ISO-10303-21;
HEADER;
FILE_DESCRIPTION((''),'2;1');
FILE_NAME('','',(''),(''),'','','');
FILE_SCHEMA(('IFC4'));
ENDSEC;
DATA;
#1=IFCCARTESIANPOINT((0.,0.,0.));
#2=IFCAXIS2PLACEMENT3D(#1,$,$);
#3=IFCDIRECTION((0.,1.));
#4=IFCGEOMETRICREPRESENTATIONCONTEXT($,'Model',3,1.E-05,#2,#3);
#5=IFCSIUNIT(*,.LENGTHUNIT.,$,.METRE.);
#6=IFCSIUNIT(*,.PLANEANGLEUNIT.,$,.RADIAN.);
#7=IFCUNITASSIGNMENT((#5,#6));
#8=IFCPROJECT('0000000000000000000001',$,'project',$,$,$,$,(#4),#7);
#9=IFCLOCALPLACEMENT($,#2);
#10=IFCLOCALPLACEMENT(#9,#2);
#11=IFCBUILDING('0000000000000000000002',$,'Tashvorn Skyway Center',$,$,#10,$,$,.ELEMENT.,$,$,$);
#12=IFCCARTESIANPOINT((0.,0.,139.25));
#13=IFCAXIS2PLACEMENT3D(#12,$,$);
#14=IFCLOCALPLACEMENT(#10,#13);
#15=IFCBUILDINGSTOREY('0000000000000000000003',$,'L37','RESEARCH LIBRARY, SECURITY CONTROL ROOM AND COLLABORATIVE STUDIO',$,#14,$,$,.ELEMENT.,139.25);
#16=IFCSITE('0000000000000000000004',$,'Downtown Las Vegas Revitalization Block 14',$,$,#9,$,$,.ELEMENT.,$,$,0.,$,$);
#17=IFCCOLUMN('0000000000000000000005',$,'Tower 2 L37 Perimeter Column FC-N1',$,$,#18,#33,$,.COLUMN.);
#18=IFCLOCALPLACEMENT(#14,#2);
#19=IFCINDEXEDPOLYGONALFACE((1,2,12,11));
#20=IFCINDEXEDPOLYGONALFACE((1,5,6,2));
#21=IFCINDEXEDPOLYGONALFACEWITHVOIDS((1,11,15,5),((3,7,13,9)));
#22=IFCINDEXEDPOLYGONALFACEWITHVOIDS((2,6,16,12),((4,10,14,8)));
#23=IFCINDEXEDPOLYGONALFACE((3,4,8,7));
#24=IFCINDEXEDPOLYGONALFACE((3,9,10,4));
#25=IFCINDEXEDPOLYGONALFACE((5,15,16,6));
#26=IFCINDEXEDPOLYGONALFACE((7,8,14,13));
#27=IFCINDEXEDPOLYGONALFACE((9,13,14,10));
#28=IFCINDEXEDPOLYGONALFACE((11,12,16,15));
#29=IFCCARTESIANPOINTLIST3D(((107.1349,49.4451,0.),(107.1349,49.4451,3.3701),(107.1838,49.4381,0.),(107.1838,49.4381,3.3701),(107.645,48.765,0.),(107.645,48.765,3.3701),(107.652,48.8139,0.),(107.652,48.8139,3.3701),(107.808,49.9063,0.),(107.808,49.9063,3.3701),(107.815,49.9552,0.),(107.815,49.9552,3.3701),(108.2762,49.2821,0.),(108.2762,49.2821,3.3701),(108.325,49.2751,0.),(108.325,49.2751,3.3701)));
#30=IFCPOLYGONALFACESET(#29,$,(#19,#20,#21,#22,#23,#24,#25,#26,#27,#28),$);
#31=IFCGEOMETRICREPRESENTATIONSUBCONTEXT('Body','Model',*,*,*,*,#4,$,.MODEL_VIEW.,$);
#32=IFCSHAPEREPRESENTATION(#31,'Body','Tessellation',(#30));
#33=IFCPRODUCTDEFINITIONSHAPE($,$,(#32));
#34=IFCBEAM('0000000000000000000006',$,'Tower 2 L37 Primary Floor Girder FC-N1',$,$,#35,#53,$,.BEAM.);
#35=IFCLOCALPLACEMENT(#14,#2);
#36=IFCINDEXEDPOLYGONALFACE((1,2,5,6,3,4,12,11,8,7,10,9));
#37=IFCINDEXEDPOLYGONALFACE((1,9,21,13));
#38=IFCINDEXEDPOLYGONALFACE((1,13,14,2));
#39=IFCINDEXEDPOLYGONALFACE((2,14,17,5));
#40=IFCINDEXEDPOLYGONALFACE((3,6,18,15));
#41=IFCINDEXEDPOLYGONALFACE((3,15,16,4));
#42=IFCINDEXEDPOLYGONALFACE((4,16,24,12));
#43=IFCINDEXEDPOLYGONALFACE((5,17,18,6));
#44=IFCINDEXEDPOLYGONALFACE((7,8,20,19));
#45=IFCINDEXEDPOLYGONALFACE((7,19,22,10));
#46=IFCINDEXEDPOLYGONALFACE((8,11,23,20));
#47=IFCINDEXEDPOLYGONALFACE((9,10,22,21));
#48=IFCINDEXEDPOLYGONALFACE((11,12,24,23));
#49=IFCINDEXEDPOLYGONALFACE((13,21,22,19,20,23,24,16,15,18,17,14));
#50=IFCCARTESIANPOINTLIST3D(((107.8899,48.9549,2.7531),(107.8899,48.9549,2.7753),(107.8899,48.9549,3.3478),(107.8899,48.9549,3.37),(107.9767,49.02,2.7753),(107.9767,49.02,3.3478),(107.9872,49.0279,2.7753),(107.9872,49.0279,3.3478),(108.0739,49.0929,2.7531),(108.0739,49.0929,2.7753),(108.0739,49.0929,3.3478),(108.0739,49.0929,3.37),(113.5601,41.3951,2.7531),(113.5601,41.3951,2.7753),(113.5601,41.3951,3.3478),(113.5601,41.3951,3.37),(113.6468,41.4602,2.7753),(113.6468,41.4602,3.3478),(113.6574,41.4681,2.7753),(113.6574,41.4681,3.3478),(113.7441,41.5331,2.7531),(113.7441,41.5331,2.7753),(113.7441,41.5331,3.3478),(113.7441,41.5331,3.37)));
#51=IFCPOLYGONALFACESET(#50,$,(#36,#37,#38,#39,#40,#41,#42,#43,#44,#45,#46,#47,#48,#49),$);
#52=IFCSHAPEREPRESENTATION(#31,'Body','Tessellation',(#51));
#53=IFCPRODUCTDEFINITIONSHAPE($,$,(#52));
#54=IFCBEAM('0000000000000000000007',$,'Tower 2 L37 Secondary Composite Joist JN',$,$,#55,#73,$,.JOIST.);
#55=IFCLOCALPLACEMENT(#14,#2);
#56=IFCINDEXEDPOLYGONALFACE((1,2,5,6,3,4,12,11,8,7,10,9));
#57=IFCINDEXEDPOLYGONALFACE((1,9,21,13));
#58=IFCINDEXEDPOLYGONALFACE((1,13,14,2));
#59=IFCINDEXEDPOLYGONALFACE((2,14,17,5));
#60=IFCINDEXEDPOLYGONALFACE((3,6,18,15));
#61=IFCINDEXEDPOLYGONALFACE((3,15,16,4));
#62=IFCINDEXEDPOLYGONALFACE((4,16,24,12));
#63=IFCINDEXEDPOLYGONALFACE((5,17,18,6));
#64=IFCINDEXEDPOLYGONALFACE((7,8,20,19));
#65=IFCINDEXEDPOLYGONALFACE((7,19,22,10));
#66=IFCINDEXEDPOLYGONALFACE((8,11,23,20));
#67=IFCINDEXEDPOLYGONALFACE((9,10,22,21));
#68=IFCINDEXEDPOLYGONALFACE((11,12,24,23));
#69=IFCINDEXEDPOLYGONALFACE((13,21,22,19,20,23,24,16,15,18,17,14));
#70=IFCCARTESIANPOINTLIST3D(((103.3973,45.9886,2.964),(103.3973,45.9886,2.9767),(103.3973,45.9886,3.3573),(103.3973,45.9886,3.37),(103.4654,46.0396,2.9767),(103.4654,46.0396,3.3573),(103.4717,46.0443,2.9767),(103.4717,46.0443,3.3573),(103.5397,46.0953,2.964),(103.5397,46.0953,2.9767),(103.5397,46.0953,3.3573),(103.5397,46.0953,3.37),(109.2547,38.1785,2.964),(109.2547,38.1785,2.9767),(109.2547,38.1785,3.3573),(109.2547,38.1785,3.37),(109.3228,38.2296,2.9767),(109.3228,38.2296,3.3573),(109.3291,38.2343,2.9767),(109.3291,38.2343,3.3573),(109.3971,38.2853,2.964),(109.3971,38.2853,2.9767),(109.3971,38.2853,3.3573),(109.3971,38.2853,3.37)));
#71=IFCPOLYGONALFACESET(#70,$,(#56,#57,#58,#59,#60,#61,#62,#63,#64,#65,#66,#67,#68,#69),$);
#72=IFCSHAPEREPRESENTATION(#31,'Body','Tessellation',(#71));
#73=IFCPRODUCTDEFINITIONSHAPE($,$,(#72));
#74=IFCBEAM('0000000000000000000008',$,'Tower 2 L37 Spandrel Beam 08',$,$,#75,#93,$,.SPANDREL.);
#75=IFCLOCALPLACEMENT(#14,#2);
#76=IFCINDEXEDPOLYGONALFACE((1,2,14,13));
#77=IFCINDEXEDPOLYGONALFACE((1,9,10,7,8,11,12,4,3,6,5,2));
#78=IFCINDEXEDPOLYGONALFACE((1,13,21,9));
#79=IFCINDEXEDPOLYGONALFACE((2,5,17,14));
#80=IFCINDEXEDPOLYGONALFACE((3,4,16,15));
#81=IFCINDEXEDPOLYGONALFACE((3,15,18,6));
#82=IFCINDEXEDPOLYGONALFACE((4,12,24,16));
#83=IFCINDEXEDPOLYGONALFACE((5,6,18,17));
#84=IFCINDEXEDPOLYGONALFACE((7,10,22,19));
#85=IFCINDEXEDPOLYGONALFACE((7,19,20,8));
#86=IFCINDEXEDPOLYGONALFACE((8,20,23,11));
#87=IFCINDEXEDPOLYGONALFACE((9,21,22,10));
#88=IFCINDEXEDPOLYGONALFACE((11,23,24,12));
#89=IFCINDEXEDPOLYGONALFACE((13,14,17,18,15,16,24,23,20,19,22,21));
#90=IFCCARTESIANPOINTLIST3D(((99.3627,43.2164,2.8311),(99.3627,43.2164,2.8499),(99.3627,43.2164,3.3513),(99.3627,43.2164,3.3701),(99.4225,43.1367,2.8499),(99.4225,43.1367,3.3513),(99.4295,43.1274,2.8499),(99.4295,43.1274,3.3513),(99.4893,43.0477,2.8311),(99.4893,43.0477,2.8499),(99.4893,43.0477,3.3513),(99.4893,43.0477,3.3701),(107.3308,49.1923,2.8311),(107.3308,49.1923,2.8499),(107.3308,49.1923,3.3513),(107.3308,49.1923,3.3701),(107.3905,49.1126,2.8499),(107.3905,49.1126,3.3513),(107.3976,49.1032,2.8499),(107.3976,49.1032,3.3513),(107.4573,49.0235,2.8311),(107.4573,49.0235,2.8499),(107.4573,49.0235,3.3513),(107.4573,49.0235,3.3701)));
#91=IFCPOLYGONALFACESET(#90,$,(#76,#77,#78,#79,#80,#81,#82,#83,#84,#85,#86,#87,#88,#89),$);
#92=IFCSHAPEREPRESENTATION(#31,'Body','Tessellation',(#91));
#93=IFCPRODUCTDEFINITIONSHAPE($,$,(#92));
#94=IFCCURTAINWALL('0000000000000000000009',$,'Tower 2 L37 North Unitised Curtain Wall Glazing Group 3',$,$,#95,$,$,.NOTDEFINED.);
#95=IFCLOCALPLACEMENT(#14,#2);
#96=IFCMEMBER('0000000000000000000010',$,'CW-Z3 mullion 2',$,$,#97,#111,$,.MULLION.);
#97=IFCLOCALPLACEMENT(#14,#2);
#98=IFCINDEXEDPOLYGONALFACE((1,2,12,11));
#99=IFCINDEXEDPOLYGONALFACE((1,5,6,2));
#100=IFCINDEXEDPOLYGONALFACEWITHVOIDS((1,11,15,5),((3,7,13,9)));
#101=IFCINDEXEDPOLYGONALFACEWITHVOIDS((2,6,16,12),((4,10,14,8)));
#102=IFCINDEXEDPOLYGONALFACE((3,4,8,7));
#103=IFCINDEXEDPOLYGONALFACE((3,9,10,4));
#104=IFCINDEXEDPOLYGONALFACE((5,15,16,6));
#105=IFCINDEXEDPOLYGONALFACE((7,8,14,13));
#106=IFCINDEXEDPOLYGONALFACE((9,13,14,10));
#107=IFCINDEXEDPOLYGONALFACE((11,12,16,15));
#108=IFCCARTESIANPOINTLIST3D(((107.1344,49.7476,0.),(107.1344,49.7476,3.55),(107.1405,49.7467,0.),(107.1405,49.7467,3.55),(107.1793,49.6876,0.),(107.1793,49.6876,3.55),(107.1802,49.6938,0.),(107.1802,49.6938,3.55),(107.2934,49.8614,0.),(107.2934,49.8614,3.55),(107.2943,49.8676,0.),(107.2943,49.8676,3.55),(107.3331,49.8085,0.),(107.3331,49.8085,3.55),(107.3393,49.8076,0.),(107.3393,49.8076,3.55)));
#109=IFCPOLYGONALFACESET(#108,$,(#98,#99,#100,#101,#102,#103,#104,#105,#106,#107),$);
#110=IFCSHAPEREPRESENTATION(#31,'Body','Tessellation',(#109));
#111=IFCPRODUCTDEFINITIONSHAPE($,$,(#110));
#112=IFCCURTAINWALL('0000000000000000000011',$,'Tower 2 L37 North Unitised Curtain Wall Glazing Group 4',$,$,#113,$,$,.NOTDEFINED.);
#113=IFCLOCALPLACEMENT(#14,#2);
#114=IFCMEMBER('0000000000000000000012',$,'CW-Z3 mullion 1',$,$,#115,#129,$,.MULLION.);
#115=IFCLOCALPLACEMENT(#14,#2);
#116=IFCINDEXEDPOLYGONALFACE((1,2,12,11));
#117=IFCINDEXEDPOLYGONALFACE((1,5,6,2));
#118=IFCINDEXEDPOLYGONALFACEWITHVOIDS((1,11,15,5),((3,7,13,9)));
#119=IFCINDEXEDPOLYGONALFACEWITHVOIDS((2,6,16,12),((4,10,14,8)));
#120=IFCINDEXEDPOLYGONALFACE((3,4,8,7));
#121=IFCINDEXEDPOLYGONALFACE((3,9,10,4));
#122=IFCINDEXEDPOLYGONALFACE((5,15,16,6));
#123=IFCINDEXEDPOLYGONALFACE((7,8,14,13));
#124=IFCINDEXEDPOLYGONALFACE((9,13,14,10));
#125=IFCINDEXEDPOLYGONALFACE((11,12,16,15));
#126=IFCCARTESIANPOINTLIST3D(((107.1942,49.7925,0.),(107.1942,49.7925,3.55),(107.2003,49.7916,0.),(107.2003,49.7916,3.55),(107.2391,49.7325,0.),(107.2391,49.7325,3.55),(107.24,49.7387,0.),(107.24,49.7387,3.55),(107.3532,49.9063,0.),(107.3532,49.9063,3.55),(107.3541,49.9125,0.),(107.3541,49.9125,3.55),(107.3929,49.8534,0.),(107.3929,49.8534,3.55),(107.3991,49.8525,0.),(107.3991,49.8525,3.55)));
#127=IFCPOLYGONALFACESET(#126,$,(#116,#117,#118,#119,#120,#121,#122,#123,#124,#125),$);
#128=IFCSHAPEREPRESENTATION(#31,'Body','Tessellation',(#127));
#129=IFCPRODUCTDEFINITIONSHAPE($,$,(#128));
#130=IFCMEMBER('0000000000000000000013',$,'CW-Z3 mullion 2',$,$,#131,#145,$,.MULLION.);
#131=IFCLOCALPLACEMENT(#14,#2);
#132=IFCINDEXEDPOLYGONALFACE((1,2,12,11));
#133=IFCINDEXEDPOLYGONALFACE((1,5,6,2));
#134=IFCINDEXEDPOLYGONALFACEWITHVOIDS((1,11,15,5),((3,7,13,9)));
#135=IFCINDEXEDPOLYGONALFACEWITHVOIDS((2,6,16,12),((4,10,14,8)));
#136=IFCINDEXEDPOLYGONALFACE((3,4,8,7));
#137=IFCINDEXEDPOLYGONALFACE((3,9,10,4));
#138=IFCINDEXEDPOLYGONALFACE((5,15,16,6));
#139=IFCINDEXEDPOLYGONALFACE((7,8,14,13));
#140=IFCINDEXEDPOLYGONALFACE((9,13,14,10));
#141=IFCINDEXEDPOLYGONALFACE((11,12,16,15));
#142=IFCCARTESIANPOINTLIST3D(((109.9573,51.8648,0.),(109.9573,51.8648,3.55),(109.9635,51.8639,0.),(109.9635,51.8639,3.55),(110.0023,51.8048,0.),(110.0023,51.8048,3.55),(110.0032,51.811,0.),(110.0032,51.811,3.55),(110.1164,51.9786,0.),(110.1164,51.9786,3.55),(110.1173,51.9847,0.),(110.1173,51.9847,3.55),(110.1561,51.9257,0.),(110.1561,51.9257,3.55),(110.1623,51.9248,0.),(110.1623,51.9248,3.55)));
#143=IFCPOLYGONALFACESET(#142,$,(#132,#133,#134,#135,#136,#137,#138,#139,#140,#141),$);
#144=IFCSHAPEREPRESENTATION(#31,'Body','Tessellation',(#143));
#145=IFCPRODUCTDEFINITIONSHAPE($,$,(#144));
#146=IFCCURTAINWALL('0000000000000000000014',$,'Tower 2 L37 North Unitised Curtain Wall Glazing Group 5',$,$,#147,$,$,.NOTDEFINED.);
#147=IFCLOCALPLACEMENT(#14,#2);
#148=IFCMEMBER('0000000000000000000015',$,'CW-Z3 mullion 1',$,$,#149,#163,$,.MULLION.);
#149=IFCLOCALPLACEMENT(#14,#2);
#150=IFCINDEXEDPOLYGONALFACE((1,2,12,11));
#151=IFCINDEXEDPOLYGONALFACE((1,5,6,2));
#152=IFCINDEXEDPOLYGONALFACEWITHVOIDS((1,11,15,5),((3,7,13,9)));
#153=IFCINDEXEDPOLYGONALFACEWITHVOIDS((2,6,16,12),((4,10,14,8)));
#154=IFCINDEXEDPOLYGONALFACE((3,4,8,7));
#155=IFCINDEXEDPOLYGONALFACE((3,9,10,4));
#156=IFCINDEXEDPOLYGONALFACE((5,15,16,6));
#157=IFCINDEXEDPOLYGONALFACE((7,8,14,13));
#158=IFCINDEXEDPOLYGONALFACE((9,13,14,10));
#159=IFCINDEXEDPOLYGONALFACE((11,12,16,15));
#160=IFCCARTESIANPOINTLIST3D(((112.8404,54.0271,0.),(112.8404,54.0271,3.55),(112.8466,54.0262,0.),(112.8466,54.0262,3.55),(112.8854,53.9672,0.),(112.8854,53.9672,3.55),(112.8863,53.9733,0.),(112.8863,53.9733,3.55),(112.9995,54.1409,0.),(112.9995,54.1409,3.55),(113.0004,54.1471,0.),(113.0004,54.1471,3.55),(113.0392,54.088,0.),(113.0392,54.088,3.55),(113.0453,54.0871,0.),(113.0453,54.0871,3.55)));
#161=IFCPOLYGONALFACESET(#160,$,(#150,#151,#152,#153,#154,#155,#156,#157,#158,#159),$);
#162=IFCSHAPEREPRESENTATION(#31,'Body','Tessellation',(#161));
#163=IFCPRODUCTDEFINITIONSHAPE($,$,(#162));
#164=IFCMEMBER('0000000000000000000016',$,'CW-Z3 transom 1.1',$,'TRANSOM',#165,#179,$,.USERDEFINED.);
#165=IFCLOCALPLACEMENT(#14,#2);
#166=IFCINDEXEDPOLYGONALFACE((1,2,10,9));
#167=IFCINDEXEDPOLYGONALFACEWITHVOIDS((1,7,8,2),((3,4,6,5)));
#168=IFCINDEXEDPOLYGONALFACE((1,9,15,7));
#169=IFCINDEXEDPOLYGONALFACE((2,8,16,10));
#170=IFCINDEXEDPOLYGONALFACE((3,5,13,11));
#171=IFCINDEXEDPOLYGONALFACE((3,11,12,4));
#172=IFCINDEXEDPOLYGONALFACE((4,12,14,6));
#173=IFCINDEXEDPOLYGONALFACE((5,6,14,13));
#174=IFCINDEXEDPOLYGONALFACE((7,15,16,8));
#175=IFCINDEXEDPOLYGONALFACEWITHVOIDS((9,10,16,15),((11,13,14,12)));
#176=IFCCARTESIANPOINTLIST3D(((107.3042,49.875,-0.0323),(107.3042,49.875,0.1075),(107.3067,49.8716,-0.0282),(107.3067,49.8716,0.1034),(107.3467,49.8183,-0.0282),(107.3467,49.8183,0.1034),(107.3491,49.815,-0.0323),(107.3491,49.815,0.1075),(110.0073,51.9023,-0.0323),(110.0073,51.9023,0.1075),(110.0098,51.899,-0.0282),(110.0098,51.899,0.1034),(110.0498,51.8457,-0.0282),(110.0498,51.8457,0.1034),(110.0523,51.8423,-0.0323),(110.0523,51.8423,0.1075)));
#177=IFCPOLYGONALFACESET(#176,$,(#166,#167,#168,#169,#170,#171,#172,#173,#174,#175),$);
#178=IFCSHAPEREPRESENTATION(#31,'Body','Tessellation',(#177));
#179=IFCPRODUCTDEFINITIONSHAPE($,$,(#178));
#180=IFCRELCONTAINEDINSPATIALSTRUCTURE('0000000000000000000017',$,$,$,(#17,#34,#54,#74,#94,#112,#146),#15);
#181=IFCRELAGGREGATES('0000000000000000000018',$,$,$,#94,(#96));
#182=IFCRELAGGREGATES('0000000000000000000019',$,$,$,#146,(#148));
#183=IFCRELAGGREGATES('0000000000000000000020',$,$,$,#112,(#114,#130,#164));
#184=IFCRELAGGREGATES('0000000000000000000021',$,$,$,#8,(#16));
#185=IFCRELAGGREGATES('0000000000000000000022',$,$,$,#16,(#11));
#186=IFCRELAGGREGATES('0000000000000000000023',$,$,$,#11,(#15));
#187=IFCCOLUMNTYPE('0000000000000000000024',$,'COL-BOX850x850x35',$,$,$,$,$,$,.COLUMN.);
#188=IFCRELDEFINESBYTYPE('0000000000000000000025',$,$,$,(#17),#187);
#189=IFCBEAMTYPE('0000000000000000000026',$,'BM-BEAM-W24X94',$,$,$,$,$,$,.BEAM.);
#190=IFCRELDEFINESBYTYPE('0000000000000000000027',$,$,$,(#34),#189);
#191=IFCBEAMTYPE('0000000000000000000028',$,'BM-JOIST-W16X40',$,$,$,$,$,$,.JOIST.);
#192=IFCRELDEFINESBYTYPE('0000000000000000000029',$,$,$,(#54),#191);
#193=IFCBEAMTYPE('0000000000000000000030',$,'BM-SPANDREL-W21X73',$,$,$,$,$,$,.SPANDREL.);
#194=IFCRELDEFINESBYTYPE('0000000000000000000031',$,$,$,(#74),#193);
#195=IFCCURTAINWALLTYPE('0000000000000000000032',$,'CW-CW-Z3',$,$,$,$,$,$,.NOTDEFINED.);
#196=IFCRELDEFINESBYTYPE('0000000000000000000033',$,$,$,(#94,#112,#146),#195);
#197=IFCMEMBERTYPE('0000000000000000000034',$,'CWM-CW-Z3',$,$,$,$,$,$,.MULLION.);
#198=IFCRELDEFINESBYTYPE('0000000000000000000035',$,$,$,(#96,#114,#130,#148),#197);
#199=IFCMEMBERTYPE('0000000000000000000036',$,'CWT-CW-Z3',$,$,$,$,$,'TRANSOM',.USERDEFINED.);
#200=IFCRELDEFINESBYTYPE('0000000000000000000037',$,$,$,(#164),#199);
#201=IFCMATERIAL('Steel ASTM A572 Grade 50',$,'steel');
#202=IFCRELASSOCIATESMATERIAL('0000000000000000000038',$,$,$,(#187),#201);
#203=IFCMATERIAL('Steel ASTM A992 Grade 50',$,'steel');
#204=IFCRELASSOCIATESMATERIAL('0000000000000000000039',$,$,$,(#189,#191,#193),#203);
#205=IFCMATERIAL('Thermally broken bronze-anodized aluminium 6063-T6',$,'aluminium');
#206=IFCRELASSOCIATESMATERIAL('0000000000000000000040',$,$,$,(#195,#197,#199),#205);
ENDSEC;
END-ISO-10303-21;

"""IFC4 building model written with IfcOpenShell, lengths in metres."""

from ifc_helpers import new_model, si_unit, direction, frame, origin, origin_2d, place, context, subcontext, project, spatial, hollow_rectangle, i_section, extrude, material, material_profile, profile_set, type_object, element, aggregate, save


model = new_model("IFC4")

# Units and contexts
model_context = context("Model", 3, precision=1e-05, world=origin(), true_north=direction((0.0, 1.0)))
body_context = subcontext(model_context, "Body", "Model", "MODEL_VIEW")
ifc_project = project(units=[si_unit("LENGTHUNIT", "METRE"), si_unit("PLANEANGLEUNIT", "RADIAN")], contexts=[model_context])

# Site, building, storey
site_placement = place(None, origin())
site = spatial("IfcSite", under=ifc_project, at=site_placement, Name="Downtown Las Vegas Revitalization Block 14", CompositionType="ELEMENT", RefElevation=0.0)
building_placement = place(site_placement, origin())
building = spatial("IfcBuilding", under=site, at=building_placement, Name="Tashvorn Skyway Center", CompositionType="ELEMENT")
storey_placement = place(building_placement, frame((0.0, 0.0, 139.25)))
storey = spatial("IfcBuildingStorey", under=building, at=storey_placement, Name="L37", Description="RESEARCH LIBRARY, SECURITY CONTROL ROOM AND COLLABORATIVE STUDIO", CompositionType="ELEMENT", Elevation=139.25)

# Column
ifc_material_1 = material(Name="Steel ASTM A572 Grade 50", Category="steel")
ifc_material_profile_1 = material_profile(ifc_material_1, hollow_rectangle(XDim=0.8501, YDim=0.8501, WallThickness=0.0349, at=origin_2d()), Name="BOX850x850x35")
ifc_profile_set_1 = profile_set([ifc_material_profile_1], Name="Steel ASTM A572 Grade 50")
column_type = type_object("IfcColumnType", Name="COL-BOX850x850x35", PredefinedType="COLUMN", material=ifc_profile_set_1)
column_placement = place(storey_placement, frame((107.73, 49.3601, 0.0), z_axis=(0.0, 0.0, 1.0), x_axis=(0.8, 0.6, 0.0)))
element("IfcColumn", 1, at=column_placement, inside=storey, type_object=column_type, Name="Tower 2 L37 Perimeter Column FC-N1", PredefinedType="COLUMN", context=body_context, shape_type="SweptSolid", body=[
    extrude(hollow_rectangle(XDim=0.8501, YDim=0.8501, WallThickness=0.0349, at=origin_2d()), origin(), (0.0, 0.0, 1.0), 3.3701),
])

# Beams
ifc_material_2 = material(Name="Steel ASTM A992 Grade 50", Category="steel")
ifc_material_profile_2 = material_profile(ifc_material_2, i_section(OverallWidth=0.23, OverallDepth=0.6169, WebThickness=0.0132, FlangeThickness=0.0222, at=origin_2d()), Name="W24X94")
ifc_profile_set_2 = profile_set([ifc_material_profile_2], Name="Steel ASTM A992 Grade 50")
beam_type_1 = type_object("IfcBeamType", Name="BM-BEAM-W24X94", PredefinedType="BEAM", material=ifc_profile_set_2)
beam_1_placement = place(storey_placement, frame((107.9819, 49.0239, 3.0615), z_axis=(0.600021, -0.799984, 0.0), x_axis=(0.799984, 0.600021, 0.0)))
element("IfcBeam", 2, at=beam_1_placement, inside=storey, type_object=beam_type_1, Name="Tower 2 L37 Primary Floor Girder FC-N1", PredefinedType="BEAM", context=body_context, shape_type="SweptSolid", body=[
    extrude(i_section(OverallWidth=0.23, OverallDepth=0.6169, WebThickness=0.0132, FlangeThickness=0.0222, at=origin_2d()), origin(), (0.0, 0.0, 1.0), 9.45),
])
ifc_material_profile_3 = material_profile(ifc_material_2, i_section(OverallWidth=0.178, OverallDepth=0.406, WebThickness=0.0078, FlangeThickness=0.0127, at=origin_2d()), Name="W16X40")
ifc_profile_set_3 = profile_set([ifc_material_profile_3], Name="Steel ASTM A992 Grade 50")
beam_type_2 = type_object("IfcBeamType", Name="BM-JOIST-W16X40", PredefinedType="JOIST", material=ifc_profile_set_3)
beam_2_placement = place(storey_placement, frame((109.3259, 38.2319, 3.167), z_axis=(-0.599992, 0.800006, 0.0), x_axis=(-0.800006, -0.599992, 0.0)))
element("IfcBeam", 3, at=beam_2_placement, inside=storey, type_object=beam_type_2, Name="Tower 2 L37 Secondary Composite Joist JN", PredefinedType="JOIST", context=body_context, shape_type="SweptSolid", body=[
    extrude(i_section(OverallWidth=0.178, OverallDepth=0.406, WebThickness=0.0078, FlangeThickness=0.0127, at=origin_2d()), origin(), (0.0, 0.0, 1.0), 9.7625),
])
ifc_material_profile_4 = material_profile(ifc_material_2, i_section(OverallWidth=0.2109, OverallDepth=0.5391, WebThickness=0.0117, FlangeThickness=0.0188, at=origin_2d()), Name="W21X73")
ifc_profile_set_4 = profile_set([ifc_material_profile_4], Name="Steel ASTM A992 Grade 50")
beam_type_3 = type_object("IfcBeamType", Name="BM-SPANDREL-W21X73", PredefinedType="SPANDREL", material=ifc_profile_set_4)
beam_3_placement = place(storey_placement, frame((107.394, 49.1079, 3.1006), z_axis=(-0.800009, -0.599988, 0.0), x_axis=(0.599988, -0.800009, 0.0)))
element("IfcBeam", 4, at=beam_3_placement, inside=storey, type_object=beam_type_3, Name="Tower 2 L37 Spandrel Beam 08", PredefinedType="SPANDREL", context=body_context, shape_type="SweptSolid", body=[
    extrude(i_section(OverallWidth=0.2109, OverallDepth=0.5391, WebThickness=0.0117, FlangeThickness=0.0188, at=origin_2d()), origin(), (0.0, 0.0, 1.0), 9.96),
])

# Curtain wall, member
ifc_material_3 = material(Name="Thermally broken bronze-anodized aluminium 6063-T6", Category="aluminium")
curtain_wall_type = type_object("IfcCurtainWallType", Name="CW-CW-Z3", PredefinedType="NOTDEFINED", material=ifc_material_3)
curtain_wall_1_placement = place(storey_placement, origin())
curtain_wall_1 = element("IfcCurtainWall", 5, at=curtain_wall_1_placement, inside=storey, type_object=curtain_wall_type, Name="Tower 2 L37 North Unitised Curtain Wall Glazing Group 3", PredefinedType="NOTDEFINED")
ifc_material_profile_5 = material_profile(ifc_material_3, hollow_rectangle(XDim=0.075, YDim=0.2, WallThickness=0.0044, at=origin_2d()), Name="ALU-MULL-75x200")
ifc_profile_set_5 = profile_set([ifc_material_profile_5], Name="Thermally broken bronze-anodized aluminium 6063-T6")
member_type_1 = type_object("IfcMemberType", Name="CWM-CW-Z3", PredefinedType="MULLION", material=ifc_profile_set_5)
member_1_placement = place(storey_placement, frame((107.2368, 49.7776, 0.0), z_axis=(0.0, 0.0, 1.0), x_axis=(-0.599997, 0.800002, 0.0)))
member_1 = element("IfcMember", 6, at=member_1_placement, type_object=member_type_1, Name="CW-Z3 mullion 2", PredefinedType="MULLION", context=body_context, shape_type="SweptSolid", body=[
    extrude(hollow_rectangle(XDim=0.075, YDim=0.2, WallThickness=0.0044, at=origin_2d()), origin(), (0.0, 0.0, 1.0), 3.55),
])
aggregate(curtain_wall_1, [member_1])

# Curtain wall, members
curtain_wall_2_placement = place(storey_placement, origin())
curtain_wall_2 = element("IfcCurtainWall", 7, at=curtain_wall_2_placement, inside=storey, type_object=curtain_wall_type, Name="Tower 2 L37 North Unitised Curtain Wall Glazing Group 4", PredefinedType="NOTDEFINED")
member_2_placement = place(storey_placement, frame((107.2966, 49.8225, 0.0), z_axis=(0.0, 0.0, 1.0), x_axis=(-0.599995, 0.800003, 0.0)))
member_2 = element("IfcMember", 8, at=member_2_placement, type_object=member_type_1, Name="CW-Z3 mullion 1", PredefinedType="MULLION", context=body_context, shape_type="SweptSolid", body=[
    extrude(hollow_rectangle(XDim=0.075, YDim=0.2, WallThickness=0.0044, at=origin_2d()), origin(), (0.0, 0.0, 1.0), 3.55),
])
member_3_placement = place(storey_placement, frame((110.0598, 51.8948, 0.0), z_axis=(0.0, 0.0, 1.0), x_axis=(-0.599995, 0.800003, 0.0)))
member_3 = element("IfcMember", 9, at=member_3_placement, type_object=member_type_1, Name="CW-Z3 mullion 2", PredefinedType="MULLION", context=body_context, shape_type="SweptSolid", body=[
    extrude(hollow_rectangle(XDim=0.075, YDim=0.2, WallThickness=0.0044, at=origin_2d()), origin(), (0.0, 0.0, 1.0), 3.55),
])

# Curtain wall, member
curtain_wall_3_placement = place(storey_placement, origin())
curtain_wall_3 = element("IfcCurtainWall", 10, at=curtain_wall_3_placement, inside=storey, type_object=curtain_wall_type, Name="Tower 2 L37 North Unitised Curtain Wall Glazing Group 5", PredefinedType="NOTDEFINED")
member_4_placement = place(storey_placement, frame((112.9429, 54.0571, 0.0), z_axis=(0.0, 0.0, 1.0), x_axis=(-0.599995, 0.800003, 0.0)))
member_4 = element("IfcMember", 11, at=member_4_placement, type_object=member_type_1, Name="CW-Z3 mullion 1", PredefinedType="MULLION", context=body_context, shape_type="SweptSolid", body=[
    extrude(hollow_rectangle(XDim=0.075, YDim=0.2, WallThickness=0.0044, at=origin_2d()), origin(), (0.0, 0.0, 1.0), 3.55),
])

# Member
ifc_material_profile_6 = material_profile(ifc_material_3, hollow_rectangle(XDim=0.075, YDim=0.1399, WallThickness=0.0042, at=origin_2d()), Name="ALU-TRAN-75x140")
ifc_profile_set_6 = profile_set([ifc_material_profile_6], Name="Thermally broken bronze-anodized aluminium 6063-T6")
member_type_2 = type_object("IfcMemberType", Name="CWT-CW-Z3", ElementType="TRANSOM", PredefinedType="USERDEFINED", material=ifc_profile_set_6)
member_5_placement = place(storey_placement, frame((107.3267, 49.845, 0.0376), z_axis=(0.8, 0.6, 0.0), x_axis=(-0.6, 0.8, 0.0)))
member_5 = element("IfcMember", 12, at=member_5_placement, type_object=member_type_2, Name="CW-Z3 transom 1.1", ObjectType="TRANSOM", PredefinedType="USERDEFINED", context=body_context, shape_type="SweptSolid", body=[
    extrude(hollow_rectangle(XDim=0.075, YDim=0.1399, WallThickness=0.0042, at=origin_2d()), origin(), (0.0, 0.0, 1.0), 3.3789),
])
aggregate(curtain_wall_3, [member_4])

aggregate(curtain_wall_2, [member_2, member_3, member_5])

save(model, "model.ifc")
